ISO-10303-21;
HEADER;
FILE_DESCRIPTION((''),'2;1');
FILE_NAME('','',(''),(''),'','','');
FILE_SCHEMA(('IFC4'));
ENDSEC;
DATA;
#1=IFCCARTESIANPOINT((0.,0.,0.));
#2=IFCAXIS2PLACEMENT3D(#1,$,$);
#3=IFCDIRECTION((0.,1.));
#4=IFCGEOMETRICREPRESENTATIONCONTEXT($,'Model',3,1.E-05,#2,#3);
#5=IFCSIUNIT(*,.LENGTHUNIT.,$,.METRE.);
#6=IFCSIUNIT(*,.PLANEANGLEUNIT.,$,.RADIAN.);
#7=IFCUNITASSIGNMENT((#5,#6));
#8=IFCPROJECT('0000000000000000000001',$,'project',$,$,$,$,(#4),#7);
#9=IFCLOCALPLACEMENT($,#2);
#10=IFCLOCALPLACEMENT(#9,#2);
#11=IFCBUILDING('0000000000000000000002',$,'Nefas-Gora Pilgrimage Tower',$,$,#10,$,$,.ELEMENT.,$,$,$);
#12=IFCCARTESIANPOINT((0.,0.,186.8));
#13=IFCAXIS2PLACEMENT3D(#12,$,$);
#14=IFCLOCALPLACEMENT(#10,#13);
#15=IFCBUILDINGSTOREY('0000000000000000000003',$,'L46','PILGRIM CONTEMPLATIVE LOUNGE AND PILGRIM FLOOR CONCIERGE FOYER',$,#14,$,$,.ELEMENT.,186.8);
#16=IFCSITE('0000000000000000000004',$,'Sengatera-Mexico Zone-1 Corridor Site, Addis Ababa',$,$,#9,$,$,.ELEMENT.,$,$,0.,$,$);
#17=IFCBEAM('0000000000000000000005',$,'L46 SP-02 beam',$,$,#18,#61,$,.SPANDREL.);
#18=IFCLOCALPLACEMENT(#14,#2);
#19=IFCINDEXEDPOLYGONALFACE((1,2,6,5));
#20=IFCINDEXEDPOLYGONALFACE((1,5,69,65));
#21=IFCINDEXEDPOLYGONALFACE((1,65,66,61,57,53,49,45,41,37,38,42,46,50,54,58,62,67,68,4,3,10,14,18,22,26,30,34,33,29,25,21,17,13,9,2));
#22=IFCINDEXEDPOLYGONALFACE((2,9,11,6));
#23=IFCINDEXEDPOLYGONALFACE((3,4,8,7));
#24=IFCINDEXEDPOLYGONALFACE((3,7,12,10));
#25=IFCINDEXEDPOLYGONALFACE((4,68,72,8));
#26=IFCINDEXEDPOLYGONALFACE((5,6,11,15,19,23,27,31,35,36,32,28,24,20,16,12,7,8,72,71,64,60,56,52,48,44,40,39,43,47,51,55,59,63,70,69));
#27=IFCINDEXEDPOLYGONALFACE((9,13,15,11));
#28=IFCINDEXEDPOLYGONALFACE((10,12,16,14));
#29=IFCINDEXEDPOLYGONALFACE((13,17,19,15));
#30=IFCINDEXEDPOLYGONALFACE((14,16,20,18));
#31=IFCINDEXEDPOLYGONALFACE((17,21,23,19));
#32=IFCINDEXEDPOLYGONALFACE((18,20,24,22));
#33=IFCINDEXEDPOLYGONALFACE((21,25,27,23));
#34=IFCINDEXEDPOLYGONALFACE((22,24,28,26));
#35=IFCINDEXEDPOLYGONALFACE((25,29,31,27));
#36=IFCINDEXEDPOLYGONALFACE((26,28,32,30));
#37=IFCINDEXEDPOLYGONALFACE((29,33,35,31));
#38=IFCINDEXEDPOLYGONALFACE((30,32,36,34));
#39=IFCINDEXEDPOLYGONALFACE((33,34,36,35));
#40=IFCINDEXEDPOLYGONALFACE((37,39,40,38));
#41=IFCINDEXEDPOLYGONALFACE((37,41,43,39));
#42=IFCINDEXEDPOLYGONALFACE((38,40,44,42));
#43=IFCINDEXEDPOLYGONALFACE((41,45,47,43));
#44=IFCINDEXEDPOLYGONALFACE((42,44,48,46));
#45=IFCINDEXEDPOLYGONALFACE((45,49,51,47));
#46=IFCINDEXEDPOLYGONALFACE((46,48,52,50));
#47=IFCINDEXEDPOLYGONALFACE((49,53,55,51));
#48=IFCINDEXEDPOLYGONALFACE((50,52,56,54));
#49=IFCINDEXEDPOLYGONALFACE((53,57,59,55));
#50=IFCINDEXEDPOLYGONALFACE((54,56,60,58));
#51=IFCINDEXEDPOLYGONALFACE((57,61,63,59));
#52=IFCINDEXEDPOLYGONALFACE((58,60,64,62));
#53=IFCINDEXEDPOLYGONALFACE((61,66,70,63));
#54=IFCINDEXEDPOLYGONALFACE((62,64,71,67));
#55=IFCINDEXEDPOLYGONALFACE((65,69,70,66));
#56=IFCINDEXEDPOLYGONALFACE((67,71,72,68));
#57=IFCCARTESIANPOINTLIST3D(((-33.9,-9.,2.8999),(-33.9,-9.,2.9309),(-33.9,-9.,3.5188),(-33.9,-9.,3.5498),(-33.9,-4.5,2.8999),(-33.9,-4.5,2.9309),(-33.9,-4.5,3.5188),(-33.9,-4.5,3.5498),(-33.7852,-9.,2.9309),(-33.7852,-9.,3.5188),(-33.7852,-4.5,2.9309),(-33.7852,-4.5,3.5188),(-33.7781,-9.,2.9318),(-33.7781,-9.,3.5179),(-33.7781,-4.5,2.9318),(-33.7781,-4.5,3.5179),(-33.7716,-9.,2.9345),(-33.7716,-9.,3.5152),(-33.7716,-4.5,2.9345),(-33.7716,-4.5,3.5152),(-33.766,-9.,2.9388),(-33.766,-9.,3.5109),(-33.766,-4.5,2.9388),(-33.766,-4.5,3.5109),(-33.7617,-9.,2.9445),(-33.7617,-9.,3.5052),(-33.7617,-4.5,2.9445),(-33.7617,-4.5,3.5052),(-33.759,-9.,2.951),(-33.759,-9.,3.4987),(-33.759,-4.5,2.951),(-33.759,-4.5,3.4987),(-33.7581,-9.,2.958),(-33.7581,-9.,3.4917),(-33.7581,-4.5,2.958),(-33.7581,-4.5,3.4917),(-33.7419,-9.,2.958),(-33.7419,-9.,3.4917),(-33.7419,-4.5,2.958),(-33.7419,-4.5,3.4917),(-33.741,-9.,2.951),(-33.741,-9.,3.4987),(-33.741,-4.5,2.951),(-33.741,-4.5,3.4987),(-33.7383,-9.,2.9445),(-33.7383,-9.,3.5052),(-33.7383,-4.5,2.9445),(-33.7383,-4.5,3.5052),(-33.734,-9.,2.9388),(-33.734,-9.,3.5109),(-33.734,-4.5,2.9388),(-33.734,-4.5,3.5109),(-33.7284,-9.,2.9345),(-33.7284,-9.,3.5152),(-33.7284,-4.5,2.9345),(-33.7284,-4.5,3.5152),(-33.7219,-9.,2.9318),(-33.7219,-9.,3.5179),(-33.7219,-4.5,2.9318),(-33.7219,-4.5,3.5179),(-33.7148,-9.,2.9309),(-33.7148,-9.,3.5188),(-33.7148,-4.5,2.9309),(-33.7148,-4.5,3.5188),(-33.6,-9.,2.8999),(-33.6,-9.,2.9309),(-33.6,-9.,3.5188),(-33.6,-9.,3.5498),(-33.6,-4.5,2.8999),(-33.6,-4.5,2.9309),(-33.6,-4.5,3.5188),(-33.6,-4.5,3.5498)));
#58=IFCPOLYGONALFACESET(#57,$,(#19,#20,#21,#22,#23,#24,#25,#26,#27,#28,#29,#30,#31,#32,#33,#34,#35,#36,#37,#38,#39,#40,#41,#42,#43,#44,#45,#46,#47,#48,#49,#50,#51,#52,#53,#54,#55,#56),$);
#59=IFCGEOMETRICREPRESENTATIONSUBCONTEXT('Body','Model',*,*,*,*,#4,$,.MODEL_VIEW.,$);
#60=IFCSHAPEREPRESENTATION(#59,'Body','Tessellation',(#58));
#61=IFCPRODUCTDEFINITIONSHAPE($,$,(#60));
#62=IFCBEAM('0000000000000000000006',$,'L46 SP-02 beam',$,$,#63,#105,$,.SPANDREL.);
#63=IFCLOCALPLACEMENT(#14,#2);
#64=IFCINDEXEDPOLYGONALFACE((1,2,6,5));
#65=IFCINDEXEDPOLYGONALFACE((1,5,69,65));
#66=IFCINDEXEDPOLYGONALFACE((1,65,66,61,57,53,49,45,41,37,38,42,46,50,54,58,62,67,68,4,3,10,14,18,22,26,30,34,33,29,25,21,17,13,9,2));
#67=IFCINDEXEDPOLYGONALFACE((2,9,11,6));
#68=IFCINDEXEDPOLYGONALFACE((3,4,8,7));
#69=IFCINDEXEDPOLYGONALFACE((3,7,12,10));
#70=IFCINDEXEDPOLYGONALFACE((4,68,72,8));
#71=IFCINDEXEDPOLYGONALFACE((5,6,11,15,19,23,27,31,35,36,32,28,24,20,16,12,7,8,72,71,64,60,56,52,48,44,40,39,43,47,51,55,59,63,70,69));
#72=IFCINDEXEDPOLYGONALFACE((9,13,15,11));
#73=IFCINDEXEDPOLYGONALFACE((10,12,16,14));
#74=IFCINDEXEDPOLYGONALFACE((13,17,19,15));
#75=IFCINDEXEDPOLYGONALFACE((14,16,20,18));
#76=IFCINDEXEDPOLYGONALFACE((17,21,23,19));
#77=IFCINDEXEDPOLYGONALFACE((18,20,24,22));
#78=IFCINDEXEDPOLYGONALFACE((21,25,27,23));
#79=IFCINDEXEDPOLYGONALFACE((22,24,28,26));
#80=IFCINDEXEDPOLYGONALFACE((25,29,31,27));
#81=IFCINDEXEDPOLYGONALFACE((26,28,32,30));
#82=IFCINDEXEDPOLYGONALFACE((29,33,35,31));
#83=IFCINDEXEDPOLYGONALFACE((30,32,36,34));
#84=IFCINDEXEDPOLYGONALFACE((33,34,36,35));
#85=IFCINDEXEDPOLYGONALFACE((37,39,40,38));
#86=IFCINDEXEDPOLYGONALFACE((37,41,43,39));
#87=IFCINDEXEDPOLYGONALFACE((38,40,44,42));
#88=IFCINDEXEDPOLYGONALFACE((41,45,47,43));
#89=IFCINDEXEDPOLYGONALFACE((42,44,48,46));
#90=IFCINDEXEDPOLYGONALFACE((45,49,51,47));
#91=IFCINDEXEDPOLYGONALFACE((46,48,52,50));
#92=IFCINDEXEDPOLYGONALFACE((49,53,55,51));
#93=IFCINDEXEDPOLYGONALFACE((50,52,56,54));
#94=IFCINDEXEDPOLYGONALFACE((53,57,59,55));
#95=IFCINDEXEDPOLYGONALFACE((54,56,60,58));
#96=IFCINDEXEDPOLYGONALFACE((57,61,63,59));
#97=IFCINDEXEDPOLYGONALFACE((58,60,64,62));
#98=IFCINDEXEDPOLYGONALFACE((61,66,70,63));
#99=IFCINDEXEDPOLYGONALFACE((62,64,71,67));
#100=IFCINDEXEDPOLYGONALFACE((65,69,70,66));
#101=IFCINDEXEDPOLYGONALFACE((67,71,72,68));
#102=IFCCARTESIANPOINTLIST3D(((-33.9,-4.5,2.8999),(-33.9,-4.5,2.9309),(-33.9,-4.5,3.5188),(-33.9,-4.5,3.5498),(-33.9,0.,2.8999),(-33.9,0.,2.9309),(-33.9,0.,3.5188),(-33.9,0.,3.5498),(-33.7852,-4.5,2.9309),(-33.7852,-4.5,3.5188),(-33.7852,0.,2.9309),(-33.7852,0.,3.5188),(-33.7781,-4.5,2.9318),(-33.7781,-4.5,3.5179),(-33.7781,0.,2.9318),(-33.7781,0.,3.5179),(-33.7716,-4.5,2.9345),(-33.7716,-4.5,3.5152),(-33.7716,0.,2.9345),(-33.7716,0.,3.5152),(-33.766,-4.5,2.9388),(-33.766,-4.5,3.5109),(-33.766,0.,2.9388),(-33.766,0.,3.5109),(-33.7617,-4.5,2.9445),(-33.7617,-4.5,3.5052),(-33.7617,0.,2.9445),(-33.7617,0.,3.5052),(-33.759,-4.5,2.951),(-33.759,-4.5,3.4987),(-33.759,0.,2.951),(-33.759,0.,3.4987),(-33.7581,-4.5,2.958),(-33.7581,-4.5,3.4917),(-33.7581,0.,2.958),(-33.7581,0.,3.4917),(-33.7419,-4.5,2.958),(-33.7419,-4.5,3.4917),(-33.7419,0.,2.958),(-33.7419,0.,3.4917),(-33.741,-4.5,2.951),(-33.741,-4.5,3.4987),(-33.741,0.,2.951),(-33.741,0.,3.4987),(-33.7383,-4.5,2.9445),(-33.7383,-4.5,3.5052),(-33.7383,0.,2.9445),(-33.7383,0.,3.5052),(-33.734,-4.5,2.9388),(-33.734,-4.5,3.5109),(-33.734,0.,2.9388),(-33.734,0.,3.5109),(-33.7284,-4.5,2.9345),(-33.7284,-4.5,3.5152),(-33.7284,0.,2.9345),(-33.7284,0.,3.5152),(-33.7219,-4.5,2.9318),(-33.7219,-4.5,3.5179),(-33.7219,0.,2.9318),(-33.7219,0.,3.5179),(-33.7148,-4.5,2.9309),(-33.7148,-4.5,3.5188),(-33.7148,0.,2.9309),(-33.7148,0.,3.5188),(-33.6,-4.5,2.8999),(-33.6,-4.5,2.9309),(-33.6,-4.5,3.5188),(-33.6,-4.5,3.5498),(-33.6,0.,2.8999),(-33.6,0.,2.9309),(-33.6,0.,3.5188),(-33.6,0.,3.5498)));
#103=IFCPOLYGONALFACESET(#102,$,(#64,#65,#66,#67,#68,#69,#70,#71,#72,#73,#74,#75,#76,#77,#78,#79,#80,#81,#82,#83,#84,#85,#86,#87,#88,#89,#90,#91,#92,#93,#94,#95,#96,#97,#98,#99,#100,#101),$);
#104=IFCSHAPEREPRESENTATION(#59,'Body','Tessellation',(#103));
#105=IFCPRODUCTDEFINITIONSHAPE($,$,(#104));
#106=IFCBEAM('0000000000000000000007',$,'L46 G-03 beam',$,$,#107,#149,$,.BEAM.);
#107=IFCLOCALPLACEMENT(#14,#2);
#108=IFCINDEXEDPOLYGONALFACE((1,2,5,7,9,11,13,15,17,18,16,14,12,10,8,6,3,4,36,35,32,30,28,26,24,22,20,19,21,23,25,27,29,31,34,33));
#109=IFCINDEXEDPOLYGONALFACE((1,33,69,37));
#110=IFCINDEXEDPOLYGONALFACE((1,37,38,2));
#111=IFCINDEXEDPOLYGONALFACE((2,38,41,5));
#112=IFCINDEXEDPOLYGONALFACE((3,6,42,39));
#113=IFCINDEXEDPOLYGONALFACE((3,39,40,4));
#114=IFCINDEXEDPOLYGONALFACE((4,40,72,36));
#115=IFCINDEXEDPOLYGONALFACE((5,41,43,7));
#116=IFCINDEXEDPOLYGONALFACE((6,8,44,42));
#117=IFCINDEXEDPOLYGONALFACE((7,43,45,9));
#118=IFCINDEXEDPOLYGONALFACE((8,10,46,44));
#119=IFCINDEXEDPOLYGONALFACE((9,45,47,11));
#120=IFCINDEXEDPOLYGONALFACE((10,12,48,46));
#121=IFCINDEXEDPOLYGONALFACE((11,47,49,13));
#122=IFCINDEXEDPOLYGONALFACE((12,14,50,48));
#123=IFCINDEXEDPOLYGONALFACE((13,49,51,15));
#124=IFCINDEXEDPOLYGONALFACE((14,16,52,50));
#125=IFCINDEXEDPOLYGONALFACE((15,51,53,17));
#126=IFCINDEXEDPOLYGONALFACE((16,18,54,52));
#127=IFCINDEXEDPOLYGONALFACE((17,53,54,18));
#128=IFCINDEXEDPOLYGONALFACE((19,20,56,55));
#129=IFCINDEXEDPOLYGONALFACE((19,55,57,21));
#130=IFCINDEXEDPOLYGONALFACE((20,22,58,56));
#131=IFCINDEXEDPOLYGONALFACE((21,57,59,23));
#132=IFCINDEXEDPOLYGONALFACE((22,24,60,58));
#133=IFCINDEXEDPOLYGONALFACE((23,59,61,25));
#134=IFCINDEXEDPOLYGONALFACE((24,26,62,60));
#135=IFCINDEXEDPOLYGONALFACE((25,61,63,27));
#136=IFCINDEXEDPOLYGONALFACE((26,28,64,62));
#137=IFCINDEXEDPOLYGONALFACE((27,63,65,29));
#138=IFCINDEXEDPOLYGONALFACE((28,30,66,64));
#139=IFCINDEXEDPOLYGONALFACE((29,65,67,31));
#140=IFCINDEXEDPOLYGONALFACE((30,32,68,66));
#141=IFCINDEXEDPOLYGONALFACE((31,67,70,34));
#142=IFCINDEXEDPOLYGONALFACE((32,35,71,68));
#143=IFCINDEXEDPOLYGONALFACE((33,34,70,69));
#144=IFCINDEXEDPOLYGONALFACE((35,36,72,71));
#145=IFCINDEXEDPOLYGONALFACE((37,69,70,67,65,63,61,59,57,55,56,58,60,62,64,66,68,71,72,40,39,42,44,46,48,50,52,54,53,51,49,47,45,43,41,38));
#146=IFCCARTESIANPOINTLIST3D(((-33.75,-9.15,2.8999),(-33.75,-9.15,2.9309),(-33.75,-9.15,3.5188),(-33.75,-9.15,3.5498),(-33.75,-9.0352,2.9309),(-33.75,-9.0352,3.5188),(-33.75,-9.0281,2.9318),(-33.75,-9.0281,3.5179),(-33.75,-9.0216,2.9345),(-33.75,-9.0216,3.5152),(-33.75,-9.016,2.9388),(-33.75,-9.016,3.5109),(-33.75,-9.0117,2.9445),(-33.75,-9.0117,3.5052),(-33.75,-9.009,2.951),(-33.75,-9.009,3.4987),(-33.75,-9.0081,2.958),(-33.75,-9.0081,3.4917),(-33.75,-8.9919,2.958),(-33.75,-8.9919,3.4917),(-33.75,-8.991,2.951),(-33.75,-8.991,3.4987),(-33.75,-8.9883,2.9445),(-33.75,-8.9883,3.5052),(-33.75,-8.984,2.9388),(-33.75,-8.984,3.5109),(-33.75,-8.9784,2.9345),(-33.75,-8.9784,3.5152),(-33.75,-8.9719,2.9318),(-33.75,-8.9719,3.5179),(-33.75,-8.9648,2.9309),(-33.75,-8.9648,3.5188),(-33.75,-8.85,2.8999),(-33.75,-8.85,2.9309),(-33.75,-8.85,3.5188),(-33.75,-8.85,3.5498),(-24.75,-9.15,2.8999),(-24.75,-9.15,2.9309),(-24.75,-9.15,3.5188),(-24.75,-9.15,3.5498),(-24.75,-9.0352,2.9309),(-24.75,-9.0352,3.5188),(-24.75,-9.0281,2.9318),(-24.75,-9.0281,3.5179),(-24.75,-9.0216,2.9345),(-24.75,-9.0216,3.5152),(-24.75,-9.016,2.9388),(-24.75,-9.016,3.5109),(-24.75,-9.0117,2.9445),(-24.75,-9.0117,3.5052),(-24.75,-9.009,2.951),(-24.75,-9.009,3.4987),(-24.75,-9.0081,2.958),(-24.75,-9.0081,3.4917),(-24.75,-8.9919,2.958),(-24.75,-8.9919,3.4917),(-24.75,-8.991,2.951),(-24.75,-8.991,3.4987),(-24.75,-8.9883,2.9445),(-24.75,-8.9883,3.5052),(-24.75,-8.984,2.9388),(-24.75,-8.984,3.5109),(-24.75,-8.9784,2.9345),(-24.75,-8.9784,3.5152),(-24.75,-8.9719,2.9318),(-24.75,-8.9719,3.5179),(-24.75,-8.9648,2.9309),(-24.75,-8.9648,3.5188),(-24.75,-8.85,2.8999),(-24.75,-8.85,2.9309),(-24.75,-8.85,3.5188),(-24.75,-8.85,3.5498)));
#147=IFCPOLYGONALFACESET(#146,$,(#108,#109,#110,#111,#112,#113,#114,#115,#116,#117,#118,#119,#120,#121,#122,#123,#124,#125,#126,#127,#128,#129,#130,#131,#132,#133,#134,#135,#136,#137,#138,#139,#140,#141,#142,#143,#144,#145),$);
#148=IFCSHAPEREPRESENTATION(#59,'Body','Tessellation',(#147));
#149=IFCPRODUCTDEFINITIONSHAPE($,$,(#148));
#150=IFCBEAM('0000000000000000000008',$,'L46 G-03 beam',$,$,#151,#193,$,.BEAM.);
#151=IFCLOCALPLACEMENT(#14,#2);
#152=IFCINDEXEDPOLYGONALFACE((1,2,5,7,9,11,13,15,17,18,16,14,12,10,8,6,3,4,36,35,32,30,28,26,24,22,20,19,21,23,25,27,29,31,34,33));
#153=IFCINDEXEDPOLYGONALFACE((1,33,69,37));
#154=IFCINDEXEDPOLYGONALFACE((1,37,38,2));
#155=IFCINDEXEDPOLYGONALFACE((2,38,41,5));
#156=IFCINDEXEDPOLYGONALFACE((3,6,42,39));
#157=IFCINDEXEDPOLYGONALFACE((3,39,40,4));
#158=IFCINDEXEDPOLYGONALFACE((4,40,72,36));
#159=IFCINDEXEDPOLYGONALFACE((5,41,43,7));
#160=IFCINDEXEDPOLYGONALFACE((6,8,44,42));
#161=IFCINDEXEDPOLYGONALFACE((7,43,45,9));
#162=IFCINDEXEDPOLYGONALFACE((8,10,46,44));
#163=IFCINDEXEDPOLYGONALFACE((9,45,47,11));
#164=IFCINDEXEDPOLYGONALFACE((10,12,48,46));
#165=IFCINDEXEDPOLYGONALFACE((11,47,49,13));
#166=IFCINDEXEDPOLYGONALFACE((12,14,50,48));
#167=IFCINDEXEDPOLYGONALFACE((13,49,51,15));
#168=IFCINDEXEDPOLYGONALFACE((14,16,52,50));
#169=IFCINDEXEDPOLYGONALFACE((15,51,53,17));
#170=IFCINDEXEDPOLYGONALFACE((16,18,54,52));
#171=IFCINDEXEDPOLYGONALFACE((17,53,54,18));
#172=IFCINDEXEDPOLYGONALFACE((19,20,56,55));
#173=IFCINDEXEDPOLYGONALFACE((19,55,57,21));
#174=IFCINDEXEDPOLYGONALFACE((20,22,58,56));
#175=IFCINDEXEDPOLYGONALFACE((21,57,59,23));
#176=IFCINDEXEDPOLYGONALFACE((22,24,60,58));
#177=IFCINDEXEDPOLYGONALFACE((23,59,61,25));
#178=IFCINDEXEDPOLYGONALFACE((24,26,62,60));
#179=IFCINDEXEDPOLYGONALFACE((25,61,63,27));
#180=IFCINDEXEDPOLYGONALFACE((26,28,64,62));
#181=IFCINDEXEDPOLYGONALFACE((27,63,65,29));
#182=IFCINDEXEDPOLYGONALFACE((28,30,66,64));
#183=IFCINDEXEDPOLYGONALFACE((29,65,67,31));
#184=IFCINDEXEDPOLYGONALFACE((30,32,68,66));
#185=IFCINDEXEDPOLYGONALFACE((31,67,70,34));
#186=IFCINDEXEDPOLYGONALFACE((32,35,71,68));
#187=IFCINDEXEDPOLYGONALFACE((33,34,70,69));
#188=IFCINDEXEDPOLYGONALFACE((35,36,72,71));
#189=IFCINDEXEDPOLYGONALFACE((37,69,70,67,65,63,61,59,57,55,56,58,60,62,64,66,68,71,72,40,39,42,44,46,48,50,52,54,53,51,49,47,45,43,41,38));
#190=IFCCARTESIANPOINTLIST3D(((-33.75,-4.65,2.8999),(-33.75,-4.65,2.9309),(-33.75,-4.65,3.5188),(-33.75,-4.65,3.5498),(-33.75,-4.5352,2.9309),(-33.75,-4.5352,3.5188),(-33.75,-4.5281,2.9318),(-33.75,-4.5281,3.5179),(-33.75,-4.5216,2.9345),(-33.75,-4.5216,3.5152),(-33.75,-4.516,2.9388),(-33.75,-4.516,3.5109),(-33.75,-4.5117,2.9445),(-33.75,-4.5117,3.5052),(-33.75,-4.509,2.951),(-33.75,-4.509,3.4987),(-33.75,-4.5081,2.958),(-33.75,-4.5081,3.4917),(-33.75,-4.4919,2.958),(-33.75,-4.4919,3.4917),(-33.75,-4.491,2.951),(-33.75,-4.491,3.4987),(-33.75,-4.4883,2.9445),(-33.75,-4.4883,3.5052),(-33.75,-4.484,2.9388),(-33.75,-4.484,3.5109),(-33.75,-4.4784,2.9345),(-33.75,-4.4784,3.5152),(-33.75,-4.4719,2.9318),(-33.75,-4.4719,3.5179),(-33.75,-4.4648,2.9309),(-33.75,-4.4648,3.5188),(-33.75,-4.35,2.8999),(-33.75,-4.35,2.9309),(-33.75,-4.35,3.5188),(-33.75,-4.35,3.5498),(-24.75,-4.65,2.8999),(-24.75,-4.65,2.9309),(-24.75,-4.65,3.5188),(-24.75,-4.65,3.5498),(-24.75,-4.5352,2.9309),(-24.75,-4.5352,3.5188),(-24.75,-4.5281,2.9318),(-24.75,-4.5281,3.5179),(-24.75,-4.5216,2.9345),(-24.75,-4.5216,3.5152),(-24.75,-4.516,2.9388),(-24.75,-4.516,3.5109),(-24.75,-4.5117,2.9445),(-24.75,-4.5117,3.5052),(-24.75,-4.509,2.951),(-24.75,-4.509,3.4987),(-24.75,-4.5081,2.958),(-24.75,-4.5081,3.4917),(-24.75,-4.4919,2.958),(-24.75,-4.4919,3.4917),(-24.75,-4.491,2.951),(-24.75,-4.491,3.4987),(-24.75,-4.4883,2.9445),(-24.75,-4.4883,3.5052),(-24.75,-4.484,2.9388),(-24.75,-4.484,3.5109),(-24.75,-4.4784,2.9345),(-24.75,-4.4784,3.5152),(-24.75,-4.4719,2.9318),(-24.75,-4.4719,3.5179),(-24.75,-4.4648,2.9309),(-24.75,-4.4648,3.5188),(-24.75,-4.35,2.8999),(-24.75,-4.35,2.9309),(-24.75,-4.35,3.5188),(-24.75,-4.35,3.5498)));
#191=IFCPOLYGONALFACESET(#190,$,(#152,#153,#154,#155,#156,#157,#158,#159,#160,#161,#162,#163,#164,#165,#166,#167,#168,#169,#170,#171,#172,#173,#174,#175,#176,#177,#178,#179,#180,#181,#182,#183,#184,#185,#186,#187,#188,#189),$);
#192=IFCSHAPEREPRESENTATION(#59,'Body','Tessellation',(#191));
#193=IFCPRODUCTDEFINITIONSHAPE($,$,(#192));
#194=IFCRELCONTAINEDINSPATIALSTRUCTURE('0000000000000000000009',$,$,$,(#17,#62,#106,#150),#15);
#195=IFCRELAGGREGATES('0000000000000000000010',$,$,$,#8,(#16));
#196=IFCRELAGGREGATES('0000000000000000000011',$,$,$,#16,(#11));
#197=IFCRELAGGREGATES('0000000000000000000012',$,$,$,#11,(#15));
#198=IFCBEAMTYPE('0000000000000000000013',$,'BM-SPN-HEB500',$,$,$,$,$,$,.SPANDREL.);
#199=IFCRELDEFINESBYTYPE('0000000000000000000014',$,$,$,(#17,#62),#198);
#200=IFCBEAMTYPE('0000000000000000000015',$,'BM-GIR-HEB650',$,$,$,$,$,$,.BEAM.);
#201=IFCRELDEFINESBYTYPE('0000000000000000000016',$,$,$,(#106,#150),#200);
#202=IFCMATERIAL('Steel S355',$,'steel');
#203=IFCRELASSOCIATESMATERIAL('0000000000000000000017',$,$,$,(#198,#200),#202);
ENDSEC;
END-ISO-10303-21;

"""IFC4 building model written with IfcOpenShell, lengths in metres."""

from ifc_helpers import new_model, si_unit, direction, frame, origin, origin_2d, place, context, subcontext, project, spatial, i_section, extrude, source, transform, mapped, material, material_profile, profile_set, type_object, element, save


model = new_model("IFC4")

# Units and contexts
model_context = context("Model", 3, precision=1e-05, world=origin(), true_north=direction((0.0, 1.0)))
body_context = subcontext(model_context, "Body", "Model", "MODEL_VIEW")
ifc_project = project(units=[si_unit("LENGTHUNIT", "METRE"), si_unit("PLANEANGLEUNIT", "RADIAN")], contexts=[model_context])

# Site, building, storey
site_placement = place(None, origin())
site = spatial("IfcSite", under=ifc_project, at=site_placement, Name="Sengatera-Mexico Zone-1 Corridor Site, Addis Ababa", CompositionType="ELEMENT", RefElevation=0.0)
building_placement = place(site_placement, origin())
building = spatial("IfcBuilding", under=site, at=building_placement, Name="Nefas-Gora Pilgrimage Tower", CompositionType="ELEMENT")
storey_placement = place(building_placement, frame((0.0, 0.0, 186.8)))
storey = spatial("IfcBuildingStorey", under=building, at=storey_placement, Name="L46", Description="PILGRIM CONTEMPLATIVE LOUNGE AND PILGRIM FLOOR CONCIERGE FOYER", CompositionType="ELEMENT", Elevation=186.8)

# Beams
ifc_material_1 = material(Name="Steel S355", Category="steel")
ifc_material_profile_1 = material_profile(ifc_material_1, i_section(OverallWidth=0.3, OverallDepth=0.6499, WebThickness=0.0161, FlangeThickness=0.031, FilletRadius=0.0271, at=origin_2d()), Name="HEB 650")
ifc_profile_set_1 = profile_set([ifc_material_profile_1], Name="Steel S355")
beam_type_1 = type_object("IfcBeamType", Name="BM-SPN-HEB500", PredefinedType="SPANDREL", material=ifc_profile_set_1)
shared_shape_1 = source(origin(), body_context, "Body", "SweptSolid", [
    extrude(i_section(OverallWidth=0.3, OverallDepth=0.6499, WebThickness=0.0161, FlangeThickness=0.031, FilletRadius=0.0271, at=origin_2d()), origin(), (0.0, 0.0, 1.0), 4.5),
])
for number, where, z_axis, x_axis, name in (
    (1, (-33.75, -9.0, 3.2249), (0.0, 1.0, 0.0), (-1.0, 0.0, 0.0), "L46 SP-02 beam"),
    (2, (-33.75, -4.5, 3.2249), (0.0, 1.0, 0.0), (-1.0, 0.0, 0.0), "L46 SP-02 beam"),
):
    element("IfcBeam", number, at=place(storey_placement, frame(where, z_axis=z_axis, x_axis=x_axis)), inside=storey, type_object=beam_type_1, Name=name, PredefinedType="SPANDREL", context=body_context, shape_type="MappedRepresentation", body=[
        mapped(shared_shape_1, transform((0.0, 0.0, 0.0), x_axis=(1.0, 0.0, 0.0), y_axis=(0.0, 1.0, 0.0), z_axis=(0.0, 0.0, 1.0), scale=1.0)),
    ])
ifc_material_profile_2 = material_profile(ifc_material_1, i_section(OverallWidth=0.3, OverallDepth=0.6499, WebThickness=0.0161, FlangeThickness=0.031, FilletRadius=0.0271, at=origin_2d()), Name="HEB 650")
ifc_profile_set_2 = profile_set([ifc_material_profile_2], Name="Steel S355")
beam_type_2 = type_object("IfcBeamType", Name="BM-GIR-HEB650", PredefinedType="BEAM", material=ifc_profile_set_2)
shared_shape_2 = source(origin(), body_context, "Body", "SweptSolid", [
    extrude(i_section(OverallWidth=0.3, OverallDepth=0.6499, WebThickness=0.0161, FlangeThickness=0.031, FilletRadius=0.0271, at=origin_2d()), origin(), (0.0, 0.0, 1.0), 9.0),
])
for number, where, z_axis, x_axis, name in (
    (3, (-33.75, -9.0, 3.2249), (1.0, 0.0, 0.0), (0.0, 1.0, 0.0), "L46 G-03 beam"),
    (4, (-33.75, -4.5, 3.2249), (1.0, 0.0, 0.0), (0.0, 1.0, 0.0), "L46 G-03 beam"),
):
    element("IfcBeam", number, at=place(storey_placement, frame(where, z_axis=z_axis, x_axis=x_axis)), inside=storey, type_object=beam_type_2, Name=name, PredefinedType="BEAM", context=body_context, shape_type="MappedRepresentation", body=[
        mapped(shared_shape_2, transform((0.0, 0.0, 0.0), x_axis=(1.0, 0.0, 0.0), y_axis=(0.0, 1.0, 0.0), z_axis=(0.0, 0.0, 1.0), scale=1.0)),
    ])

save(model, "model.ifc")
